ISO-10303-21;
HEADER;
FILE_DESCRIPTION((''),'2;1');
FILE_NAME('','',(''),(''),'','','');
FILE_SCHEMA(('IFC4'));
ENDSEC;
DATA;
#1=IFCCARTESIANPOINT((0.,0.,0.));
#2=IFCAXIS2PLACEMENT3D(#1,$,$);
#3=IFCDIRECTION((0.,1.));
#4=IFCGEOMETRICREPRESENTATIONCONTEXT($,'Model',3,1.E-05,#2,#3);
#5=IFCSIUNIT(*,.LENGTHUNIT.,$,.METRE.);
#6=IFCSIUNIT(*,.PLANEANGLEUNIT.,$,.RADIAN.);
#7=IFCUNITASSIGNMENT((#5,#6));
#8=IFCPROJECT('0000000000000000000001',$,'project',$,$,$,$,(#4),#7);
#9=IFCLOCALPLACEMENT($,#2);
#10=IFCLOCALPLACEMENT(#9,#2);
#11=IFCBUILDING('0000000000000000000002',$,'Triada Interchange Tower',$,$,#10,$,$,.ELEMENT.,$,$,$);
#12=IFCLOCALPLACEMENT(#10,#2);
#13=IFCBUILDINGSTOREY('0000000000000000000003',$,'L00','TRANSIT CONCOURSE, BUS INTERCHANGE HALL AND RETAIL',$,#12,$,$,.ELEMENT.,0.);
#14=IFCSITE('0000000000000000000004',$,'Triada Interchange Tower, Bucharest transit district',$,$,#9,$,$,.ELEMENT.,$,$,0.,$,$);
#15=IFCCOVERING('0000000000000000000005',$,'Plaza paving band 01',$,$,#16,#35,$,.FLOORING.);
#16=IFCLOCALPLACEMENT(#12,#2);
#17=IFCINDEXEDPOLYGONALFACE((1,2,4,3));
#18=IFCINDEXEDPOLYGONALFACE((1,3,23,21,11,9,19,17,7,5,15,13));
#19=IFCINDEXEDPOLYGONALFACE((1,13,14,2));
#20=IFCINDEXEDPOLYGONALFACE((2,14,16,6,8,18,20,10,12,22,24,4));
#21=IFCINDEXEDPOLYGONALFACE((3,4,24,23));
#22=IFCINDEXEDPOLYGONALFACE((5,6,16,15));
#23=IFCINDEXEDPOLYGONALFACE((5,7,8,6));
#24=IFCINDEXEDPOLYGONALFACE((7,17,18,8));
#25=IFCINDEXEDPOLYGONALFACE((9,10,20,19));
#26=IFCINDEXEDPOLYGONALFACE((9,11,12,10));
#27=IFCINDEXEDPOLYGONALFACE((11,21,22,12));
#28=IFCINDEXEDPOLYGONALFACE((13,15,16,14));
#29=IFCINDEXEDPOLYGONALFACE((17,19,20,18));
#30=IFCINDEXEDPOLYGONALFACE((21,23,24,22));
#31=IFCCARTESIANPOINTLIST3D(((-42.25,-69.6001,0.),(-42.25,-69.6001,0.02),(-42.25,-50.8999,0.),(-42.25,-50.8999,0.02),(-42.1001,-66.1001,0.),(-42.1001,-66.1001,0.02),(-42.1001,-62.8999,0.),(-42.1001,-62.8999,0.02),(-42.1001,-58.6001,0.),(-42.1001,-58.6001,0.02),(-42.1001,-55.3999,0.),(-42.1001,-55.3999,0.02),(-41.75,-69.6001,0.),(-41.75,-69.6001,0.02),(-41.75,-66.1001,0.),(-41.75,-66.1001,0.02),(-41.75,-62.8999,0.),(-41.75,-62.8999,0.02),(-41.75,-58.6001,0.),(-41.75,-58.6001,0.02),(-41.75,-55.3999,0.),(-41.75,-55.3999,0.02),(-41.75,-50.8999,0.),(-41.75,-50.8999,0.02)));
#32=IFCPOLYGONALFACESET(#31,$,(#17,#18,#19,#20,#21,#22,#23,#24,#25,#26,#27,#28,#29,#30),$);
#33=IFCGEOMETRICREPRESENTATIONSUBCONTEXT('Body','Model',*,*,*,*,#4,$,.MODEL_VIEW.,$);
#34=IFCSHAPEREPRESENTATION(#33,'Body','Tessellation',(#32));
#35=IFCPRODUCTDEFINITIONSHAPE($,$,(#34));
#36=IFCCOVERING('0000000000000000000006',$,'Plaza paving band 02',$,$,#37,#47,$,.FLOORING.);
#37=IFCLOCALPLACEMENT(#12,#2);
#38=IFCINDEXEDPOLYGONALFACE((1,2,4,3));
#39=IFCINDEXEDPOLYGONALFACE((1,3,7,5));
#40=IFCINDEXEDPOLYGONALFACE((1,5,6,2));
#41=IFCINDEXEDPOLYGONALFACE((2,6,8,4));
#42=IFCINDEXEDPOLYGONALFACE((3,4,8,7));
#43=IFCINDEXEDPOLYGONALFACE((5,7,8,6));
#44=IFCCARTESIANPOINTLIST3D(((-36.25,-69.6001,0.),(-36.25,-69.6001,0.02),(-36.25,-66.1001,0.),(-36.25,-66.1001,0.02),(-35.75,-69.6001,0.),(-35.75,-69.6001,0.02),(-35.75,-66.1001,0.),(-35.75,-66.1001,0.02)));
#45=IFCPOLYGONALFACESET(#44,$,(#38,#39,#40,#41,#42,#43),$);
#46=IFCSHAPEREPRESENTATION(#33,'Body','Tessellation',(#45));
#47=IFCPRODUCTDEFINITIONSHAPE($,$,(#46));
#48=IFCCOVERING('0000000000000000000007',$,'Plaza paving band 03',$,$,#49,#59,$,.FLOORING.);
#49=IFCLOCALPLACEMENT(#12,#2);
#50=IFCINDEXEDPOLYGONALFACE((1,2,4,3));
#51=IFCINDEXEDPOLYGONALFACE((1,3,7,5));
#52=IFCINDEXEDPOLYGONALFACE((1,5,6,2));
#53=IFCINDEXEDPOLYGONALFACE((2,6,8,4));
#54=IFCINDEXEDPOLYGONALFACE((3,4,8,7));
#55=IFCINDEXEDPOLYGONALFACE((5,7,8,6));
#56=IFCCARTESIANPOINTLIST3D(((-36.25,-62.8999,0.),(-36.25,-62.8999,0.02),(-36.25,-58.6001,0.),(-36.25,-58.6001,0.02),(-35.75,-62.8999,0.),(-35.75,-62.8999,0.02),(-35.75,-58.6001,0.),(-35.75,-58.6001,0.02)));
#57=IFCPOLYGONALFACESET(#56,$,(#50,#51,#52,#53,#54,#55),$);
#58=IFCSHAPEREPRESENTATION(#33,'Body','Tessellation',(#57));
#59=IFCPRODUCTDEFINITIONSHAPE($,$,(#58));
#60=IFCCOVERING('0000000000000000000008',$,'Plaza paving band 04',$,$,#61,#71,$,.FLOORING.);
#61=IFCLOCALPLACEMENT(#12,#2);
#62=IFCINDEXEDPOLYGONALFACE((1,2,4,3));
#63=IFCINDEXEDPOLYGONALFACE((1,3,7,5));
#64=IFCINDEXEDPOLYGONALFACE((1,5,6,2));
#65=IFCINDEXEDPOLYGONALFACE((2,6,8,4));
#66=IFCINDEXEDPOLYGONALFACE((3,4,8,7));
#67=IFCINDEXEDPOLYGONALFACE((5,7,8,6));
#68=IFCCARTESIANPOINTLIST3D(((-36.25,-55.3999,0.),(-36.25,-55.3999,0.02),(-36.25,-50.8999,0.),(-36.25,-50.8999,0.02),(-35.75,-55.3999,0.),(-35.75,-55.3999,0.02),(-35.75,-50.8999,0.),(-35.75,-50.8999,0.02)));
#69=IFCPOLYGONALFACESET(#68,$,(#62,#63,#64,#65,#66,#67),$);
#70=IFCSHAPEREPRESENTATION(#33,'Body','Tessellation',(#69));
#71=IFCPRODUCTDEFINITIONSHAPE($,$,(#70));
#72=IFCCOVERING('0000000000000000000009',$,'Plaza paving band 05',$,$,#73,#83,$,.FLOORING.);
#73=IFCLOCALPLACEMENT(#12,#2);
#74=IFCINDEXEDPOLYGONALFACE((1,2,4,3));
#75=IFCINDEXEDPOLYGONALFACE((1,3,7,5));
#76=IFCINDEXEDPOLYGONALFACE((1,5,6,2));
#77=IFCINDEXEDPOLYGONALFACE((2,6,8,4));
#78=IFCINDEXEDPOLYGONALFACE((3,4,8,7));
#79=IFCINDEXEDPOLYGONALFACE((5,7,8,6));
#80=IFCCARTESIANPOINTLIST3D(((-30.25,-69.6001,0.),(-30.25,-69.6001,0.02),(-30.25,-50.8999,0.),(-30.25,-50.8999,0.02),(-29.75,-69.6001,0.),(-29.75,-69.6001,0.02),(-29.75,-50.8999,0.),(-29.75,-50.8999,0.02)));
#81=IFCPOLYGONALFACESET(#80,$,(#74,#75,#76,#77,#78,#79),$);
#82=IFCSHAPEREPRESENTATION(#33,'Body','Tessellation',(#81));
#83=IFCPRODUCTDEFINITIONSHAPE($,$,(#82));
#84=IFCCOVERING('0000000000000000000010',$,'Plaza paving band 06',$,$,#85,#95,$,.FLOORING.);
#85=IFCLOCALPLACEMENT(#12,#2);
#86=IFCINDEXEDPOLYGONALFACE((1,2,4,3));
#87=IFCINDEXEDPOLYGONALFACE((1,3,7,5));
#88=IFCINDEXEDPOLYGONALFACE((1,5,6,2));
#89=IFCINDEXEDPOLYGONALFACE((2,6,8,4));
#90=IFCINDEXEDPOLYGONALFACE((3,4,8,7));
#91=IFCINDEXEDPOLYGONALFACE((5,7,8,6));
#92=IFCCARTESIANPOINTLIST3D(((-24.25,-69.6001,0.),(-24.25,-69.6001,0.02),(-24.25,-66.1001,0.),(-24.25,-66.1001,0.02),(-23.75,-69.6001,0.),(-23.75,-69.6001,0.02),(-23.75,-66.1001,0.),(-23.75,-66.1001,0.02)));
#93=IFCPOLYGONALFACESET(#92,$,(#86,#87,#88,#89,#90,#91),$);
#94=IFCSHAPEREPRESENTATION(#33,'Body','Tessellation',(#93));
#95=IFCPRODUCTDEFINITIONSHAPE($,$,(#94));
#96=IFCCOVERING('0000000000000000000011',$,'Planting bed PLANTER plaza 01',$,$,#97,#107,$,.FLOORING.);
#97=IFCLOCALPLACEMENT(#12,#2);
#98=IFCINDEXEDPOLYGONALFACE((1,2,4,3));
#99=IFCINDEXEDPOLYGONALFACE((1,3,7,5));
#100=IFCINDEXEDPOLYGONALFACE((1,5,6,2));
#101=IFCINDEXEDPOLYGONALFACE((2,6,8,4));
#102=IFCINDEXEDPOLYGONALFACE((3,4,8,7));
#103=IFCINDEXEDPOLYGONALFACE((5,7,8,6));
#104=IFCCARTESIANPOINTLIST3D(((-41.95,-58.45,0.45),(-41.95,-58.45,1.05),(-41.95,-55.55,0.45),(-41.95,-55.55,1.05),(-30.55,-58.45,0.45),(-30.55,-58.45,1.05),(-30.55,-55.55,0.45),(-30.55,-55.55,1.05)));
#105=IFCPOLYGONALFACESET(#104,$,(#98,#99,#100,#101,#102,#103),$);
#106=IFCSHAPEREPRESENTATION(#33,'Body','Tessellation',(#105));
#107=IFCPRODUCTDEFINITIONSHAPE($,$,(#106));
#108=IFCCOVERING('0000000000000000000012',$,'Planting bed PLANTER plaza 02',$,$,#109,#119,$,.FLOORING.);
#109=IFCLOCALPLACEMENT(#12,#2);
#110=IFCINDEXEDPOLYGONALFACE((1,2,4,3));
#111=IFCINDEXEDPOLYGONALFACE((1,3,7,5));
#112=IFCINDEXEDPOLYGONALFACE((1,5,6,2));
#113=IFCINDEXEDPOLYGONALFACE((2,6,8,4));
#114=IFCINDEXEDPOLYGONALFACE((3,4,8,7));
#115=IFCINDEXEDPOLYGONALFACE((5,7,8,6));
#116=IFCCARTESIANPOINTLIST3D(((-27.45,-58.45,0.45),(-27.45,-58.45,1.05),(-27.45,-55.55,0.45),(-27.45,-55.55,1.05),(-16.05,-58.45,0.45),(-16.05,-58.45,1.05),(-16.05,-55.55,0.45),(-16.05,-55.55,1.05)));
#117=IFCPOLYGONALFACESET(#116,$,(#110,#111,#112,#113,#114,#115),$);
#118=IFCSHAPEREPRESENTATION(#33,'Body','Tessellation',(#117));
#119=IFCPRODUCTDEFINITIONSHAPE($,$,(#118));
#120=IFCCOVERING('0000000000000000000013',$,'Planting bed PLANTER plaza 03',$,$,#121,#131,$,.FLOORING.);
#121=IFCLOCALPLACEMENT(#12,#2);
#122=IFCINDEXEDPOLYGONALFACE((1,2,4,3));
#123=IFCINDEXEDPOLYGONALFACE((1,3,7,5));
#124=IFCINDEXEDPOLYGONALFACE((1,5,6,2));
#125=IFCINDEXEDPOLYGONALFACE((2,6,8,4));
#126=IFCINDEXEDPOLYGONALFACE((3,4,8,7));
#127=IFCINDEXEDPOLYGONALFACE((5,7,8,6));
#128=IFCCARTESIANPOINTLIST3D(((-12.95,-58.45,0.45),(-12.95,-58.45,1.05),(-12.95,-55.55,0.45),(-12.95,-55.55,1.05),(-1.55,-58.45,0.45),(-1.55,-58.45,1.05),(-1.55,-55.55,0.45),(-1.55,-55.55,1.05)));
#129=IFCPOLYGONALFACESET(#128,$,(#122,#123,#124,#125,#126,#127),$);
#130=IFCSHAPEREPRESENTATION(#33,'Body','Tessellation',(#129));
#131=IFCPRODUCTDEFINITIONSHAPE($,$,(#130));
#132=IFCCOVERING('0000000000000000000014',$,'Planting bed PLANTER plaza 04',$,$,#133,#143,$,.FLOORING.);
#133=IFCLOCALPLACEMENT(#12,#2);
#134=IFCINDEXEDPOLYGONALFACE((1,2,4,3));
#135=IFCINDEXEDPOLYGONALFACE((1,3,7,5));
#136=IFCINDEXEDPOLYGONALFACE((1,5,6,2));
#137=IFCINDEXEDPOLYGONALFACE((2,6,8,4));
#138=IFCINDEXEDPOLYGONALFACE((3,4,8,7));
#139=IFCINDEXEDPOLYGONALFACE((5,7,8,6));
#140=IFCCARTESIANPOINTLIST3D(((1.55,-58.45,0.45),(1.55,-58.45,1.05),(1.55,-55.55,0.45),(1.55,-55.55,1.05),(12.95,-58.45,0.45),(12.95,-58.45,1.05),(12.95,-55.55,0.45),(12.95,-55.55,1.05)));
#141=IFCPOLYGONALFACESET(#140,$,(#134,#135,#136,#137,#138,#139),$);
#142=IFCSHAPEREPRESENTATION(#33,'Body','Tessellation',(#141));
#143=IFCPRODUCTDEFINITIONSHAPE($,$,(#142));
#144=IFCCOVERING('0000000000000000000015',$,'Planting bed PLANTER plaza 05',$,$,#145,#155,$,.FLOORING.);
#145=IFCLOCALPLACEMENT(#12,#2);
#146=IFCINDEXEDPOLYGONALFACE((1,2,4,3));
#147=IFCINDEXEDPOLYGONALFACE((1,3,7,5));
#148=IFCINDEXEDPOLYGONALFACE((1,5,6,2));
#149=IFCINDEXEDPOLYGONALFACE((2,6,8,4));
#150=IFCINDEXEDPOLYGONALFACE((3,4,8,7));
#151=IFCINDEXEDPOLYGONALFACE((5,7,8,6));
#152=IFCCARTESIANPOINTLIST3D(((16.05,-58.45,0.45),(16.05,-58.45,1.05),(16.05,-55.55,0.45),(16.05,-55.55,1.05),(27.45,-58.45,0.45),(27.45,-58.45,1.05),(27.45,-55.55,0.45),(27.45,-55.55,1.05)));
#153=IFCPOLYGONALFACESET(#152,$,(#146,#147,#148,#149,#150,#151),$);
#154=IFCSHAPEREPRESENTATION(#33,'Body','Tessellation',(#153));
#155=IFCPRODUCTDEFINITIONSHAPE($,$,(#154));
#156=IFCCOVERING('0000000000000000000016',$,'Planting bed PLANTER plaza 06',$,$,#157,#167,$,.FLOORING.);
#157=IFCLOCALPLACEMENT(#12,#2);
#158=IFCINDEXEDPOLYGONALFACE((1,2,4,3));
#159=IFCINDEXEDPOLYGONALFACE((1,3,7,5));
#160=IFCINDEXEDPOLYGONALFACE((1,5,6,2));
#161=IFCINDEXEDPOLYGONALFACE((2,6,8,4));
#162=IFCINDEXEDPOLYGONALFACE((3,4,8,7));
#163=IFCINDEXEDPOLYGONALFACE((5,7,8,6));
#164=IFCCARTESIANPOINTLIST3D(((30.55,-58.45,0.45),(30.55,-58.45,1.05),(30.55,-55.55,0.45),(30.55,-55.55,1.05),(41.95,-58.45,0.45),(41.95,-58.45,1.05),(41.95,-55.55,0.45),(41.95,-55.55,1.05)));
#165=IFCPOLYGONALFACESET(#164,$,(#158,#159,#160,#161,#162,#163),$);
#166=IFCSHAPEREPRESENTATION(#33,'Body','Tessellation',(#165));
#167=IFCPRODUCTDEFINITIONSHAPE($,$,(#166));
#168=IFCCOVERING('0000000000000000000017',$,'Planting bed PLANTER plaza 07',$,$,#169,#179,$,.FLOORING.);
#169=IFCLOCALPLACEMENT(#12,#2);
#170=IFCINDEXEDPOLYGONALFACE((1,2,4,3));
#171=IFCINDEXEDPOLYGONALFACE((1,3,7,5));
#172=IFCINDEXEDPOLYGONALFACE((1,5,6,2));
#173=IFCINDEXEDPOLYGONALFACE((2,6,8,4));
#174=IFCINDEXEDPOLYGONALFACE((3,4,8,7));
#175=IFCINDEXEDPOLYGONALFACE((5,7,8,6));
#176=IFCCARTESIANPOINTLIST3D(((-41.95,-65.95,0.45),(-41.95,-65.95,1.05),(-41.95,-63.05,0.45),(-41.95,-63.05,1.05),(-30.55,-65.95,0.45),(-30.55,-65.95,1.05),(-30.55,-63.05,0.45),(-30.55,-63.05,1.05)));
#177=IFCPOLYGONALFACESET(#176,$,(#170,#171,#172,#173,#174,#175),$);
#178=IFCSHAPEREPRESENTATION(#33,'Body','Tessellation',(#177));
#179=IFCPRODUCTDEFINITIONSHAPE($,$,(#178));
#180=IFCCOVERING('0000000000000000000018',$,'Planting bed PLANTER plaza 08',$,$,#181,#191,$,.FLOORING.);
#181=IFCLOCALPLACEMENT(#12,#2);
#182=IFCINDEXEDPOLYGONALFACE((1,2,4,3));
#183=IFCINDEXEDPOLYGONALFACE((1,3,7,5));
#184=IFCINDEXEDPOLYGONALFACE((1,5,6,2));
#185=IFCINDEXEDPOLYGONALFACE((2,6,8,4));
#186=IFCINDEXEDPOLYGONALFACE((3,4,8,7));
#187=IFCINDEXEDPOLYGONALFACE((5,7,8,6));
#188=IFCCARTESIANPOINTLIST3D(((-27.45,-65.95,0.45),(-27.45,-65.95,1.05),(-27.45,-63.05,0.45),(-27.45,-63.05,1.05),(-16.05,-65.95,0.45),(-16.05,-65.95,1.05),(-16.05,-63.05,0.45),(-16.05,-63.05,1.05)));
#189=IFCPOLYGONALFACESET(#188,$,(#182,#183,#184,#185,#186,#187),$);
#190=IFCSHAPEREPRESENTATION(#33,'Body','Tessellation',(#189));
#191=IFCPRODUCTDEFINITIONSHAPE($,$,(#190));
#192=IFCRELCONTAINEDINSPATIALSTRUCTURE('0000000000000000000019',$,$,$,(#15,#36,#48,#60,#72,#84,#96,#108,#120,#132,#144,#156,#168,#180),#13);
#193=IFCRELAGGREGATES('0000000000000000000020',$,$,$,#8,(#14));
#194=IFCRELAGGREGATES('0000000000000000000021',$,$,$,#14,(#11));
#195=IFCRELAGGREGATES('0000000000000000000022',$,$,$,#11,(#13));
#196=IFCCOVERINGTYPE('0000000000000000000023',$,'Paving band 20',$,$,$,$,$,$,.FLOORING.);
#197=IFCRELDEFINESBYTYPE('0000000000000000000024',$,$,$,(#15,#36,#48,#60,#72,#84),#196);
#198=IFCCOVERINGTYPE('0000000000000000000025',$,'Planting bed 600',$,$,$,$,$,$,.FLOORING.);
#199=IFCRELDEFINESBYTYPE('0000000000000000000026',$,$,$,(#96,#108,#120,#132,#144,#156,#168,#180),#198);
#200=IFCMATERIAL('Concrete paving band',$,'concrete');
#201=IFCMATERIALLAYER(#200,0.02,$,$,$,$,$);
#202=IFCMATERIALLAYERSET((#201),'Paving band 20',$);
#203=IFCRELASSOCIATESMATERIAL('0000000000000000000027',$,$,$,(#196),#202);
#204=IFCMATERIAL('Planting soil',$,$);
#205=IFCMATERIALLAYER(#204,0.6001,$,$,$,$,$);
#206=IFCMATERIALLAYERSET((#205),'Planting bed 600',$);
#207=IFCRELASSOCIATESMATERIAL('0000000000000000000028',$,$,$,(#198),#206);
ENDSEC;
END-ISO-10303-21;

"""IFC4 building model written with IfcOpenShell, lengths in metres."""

from ifc_helpers import new_model, si_unit, direction, frame, origin, place, context, subcontext, project, spatial, polyline, outline, extrude, material, layer, layer_set, type_object, element, save


model = new_model("IFC4")

# Units and contexts
model_context = context("Model", 3, precision=1e-05, world=origin(), true_north=direction((0.0, 1.0)))
body_context = subcontext(model_context, "Body", "Model", "MODEL_VIEW")
ifc_project = project(units=[si_unit("LENGTHUNIT", "METRE"), si_unit("PLANEANGLEUNIT", "RADIAN")], contexts=[model_context])

# Site, building, storey
site_placement = place(None, origin())
site = spatial("IfcSite", under=ifc_project, at=site_placement, Name="Triada Interchange Tower, Bucharest transit district", CompositionType="ELEMENT", RefElevation=0.0)
building_placement = place(site_placement, origin())
building = spatial("IfcBuilding", under=site, at=building_placement, Name="Triada Interchange Tower", CompositionType="ELEMENT")
storey_placement = place(building_placement, origin())
storey = spatial("IfcBuildingStorey", under=building, at=storey_placement, Name="L00", Description="TRANSIT CONCOURSE, BUS INTERCHANGE HALL AND RETAIL", CompositionType="ELEMENT", Elevation=0.0)

# Coverings
ifc_material_1 = material(Name="Concrete paving band", Category="concrete")
ifc_layer_1 = layer(ifc_material_1, 0.02)
ifc_layer_set_1 = layer_set([ifc_layer_1], Name="Paving band 20")
covering_type_1 = type_object("IfcCoveringType", Name="Paving band 20", PredefinedType="FLOORING", material=ifc_layer_set_1)
covering_1_placement = place(storey_placement, origin())
element("IfcCovering", 1, at=covering_1_placement, inside=storey, type_object=covering_type_1, Name="Plaza paving band 01", PredefinedType="FLOORING", context=body_context, shape_type="SweptSolid", body=[
    extrude(outline(polyline([(-41.75, -66.1001), (-42.1001, -66.1001), (-42.1001, -62.8999), (-41.75, -62.8999), (-41.75, -58.6001), (-42.1001, -58.6001), (-42.1001, -55.3999), (-41.75, -55.3999), (-41.75, -50.8999), (-42.25, -50.8999), (-42.25, -69.6001), (-41.75, -69.6001), (-41.75, -66.1001)])), origin(), (0.0, 0.0, 1.0), 0.02),
])
covering_2_placement = place(storey_placement, origin())
element("IfcCovering", 2, at=covering_2_placement, inside=storey, type_object=covering_type_1, Name="Plaza paving band 02", PredefinedType="FLOORING", context=body_context, shape_type="SweptSolid", body=[
    extrude(outline(polyline([(-35.75, -66.1001), (-36.25, -66.1001), (-36.25, -69.6001), (-35.75, -69.6001), (-35.75, -66.1001)])), origin(), (0.0, 0.0, 1.0), 0.02),
])
covering_3_placement = place(storey_placement, origin())
element("IfcCovering", 3, at=covering_3_placement, inside=storey, type_object=covering_type_1, Name="Plaza paving band 03", PredefinedType="FLOORING", context=body_context, shape_type="SweptSolid", body=[
    extrude(outline(polyline([(-35.75, -58.6001), (-36.25, -58.6001), (-36.25, -62.8999), (-35.75, -62.8999), (-35.75, -58.6001)])), origin(), (0.0, 0.0, 1.0), 0.02),
])
covering_4_placement = place(storey_placement, origin())
element("IfcCovering", 4, at=covering_4_placement, inside=storey, type_object=covering_type_1, Name="Plaza paving band 04", PredefinedType="FLOORING", context=body_context, shape_type="SweptSolid", body=[
    extrude(outline(polyline([(-36.25, -55.3999), (-35.75, -55.3999), (-35.75, -50.8999), (-36.25, -50.8999), (-36.25, -55.3999)])), origin(), (0.0, 0.0, 1.0), 0.02),
])
covering_5_placement = place(storey_placement, origin())
element("IfcCovering", 5, at=covering_5_placement, inside=storey, type_object=covering_type_1, Name="Plaza paving band 05", PredefinedType="FLOORING", context=body_context, shape_type="SweptSolid", body=[
    extrude(outline(polyline([(-29.75, -69.6001), (-29.75, -50.8999), (-30.25, -50.8999), (-30.25, -69.6001), (-29.75, -69.6001)])), origin(), (0.0, 0.0, 1.0), 0.02),
])
covering_6_placement = place(storey_placement, origin())
element("IfcCovering", 6, at=covering_6_placement, inside=storey, type_object=covering_type_1, Name="Plaza paving band 06", PredefinedType="FLOORING", context=body_context, shape_type="SweptSolid", body=[
    extrude(outline(polyline([(-23.75, -66.1001), (-24.25, -66.1001), (-24.25, -69.6001), (-23.75, -69.6001), (-23.75, -66.1001)])), origin(), (0.0, 0.0, 1.0), 0.02),
])
ifc_material_2 = material(Name="Planting soil")
ifc_layer_2 = layer(ifc_material_2, 0.6001)
ifc_layer_set_2 = layer_set([ifc_layer_2], Name="Planting bed 600")
covering_type_2 = type_object("IfcCoveringType", Name="Planting bed 600", PredefinedType="FLOORING", material=ifc_layer_set_2)
covering_7_placement = place(storey_placement, frame((0.0, 0.0, 0.45)))
element("IfcCovering", 7, at=covering_7_placement, inside=storey, type_object=covering_type_2, Name="Planting bed PLANTER plaza 01", PredefinedType="FLOORING", context=body_context, shape_type="SweptSolid", body=[
    extrude(outline(polyline([(-41.95, -58.45), (-30.55, -58.45), (-30.55, -55.55), (-41.95, -55.55), (-41.95, -58.45)])), origin(), (0.0, 0.0, 1.0), 0.6001),
])
covering_8_placement = place(storey_placement, frame((0.0, 0.0, 0.45)))
element("IfcCovering", 8, at=covering_8_placement, inside=storey, type_object=covering_type_2, Name="Planting bed PLANTER plaza 02", PredefinedType="FLOORING", context=body_context, shape_type="SweptSolid", body=[
    extrude(outline(polyline([(-27.45, -58.45), (-16.05, -58.45), (-16.05, -55.55), (-27.45, -55.55), (-27.45, -58.45)])), origin(), (0.0, 0.0, 1.0), 0.6001),
])
covering_9_placement = place(storey_placement, frame((0.0, 0.0, 0.45)))
element("IfcCovering", 9, at=covering_9_placement, inside=storey, type_object=covering_type_2, Name="Planting bed PLANTER plaza 03", PredefinedType="FLOORING", context=body_context, shape_type="SweptSolid", body=[
    extrude(outline(polyline([(-12.95, -58.45), (-1.55, -58.45), (-1.55, -55.55), (-12.95, -55.55), (-12.95, -58.45)])), origin(), (0.0, 0.0, 1.0), 0.6001),
])
covering_10_placement = place(storey_placement, frame((0.0, 0.0, 0.45)))
element("IfcCovering", 10, at=covering_10_placement, inside=storey, type_object=covering_type_2, Name="Planting bed PLANTER plaza 04", PredefinedType="FLOORING", context=body_context, shape_type="SweptSolid", body=[
    extrude(outline(polyline([(1.55, -58.45), (12.95, -58.45), (12.95, -55.55), (1.55, -55.55), (1.55, -58.45)])), origin(), (0.0, 0.0, 1.0), 0.6001),
])
covering_11_placement = place(storey_placement, frame((0.0, 0.0, 0.45)))
element("IfcCovering", 11, at=covering_11_placement, inside=storey, type_object=covering_type_2, Name="Planting bed PLANTER plaza 05", PredefinedType="FLOORING", context=body_context, shape_type="SweptSolid", body=[
    extrude(outline(polyline([(16.05, -58.45), (27.45, -58.45), (27.45, -55.55), (16.05, -55.55), (16.05, -58.45)])), origin(), (0.0, 0.0, 1.0), 0.6001),
])
covering_12_placement = place(storey_placement, frame((0.0, 0.0, 0.45)))
element("IfcCovering", 12, at=covering_12_placement, inside=storey, type_object=covering_type_2, Name="Planting bed PLANTER plaza 06", PredefinedType="FLOORING", context=body_context, shape_type="SweptSolid", body=[
    extrude(outline(polyline([(30.55, -58.45), (41.95, -58.45), (41.95, -55.55), (30.55, -55.55), (30.55, -58.45)])), origin(), (0.0, 0.0, 1.0), 0.6001),
])
covering_13_placement = place(storey_placement, frame((0.0, 0.0, 0.45)))
element("IfcCovering", 13, at=covering_13_placement, inside=storey, type_object=covering_type_2, Name="Planting bed PLANTER plaza 07", PredefinedType="FLOORING", context=body_context, shape_type="SweptSolid", body=[
    extrude(outline(polyline([(-41.95, -65.95), (-30.55, -65.95), (-30.55, -63.05), (-41.95, -63.05), (-41.95, -65.95)])), origin(), (0.0, 0.0, 1.0), 0.6001),
])
covering_14_placement = place(storey_placement, frame((0.0, 0.0, 0.45)))
element("IfcCovering", 14, at=covering_14_placement, inside=storey, type_object=covering_type_2, Name="Planting bed PLANTER plaza 08", PredefinedType="FLOORING", context=body_context, shape_type="SweptSolid", body=[
    extrude(outline(polyline([(-27.45, -65.95), (-16.05, -65.95), (-16.05, -63.05), (-27.45, -63.05), (-27.45, -65.95)])), origin(), (0.0, 0.0, 1.0), 0.6001),
])

save(model, "model.ifc")
